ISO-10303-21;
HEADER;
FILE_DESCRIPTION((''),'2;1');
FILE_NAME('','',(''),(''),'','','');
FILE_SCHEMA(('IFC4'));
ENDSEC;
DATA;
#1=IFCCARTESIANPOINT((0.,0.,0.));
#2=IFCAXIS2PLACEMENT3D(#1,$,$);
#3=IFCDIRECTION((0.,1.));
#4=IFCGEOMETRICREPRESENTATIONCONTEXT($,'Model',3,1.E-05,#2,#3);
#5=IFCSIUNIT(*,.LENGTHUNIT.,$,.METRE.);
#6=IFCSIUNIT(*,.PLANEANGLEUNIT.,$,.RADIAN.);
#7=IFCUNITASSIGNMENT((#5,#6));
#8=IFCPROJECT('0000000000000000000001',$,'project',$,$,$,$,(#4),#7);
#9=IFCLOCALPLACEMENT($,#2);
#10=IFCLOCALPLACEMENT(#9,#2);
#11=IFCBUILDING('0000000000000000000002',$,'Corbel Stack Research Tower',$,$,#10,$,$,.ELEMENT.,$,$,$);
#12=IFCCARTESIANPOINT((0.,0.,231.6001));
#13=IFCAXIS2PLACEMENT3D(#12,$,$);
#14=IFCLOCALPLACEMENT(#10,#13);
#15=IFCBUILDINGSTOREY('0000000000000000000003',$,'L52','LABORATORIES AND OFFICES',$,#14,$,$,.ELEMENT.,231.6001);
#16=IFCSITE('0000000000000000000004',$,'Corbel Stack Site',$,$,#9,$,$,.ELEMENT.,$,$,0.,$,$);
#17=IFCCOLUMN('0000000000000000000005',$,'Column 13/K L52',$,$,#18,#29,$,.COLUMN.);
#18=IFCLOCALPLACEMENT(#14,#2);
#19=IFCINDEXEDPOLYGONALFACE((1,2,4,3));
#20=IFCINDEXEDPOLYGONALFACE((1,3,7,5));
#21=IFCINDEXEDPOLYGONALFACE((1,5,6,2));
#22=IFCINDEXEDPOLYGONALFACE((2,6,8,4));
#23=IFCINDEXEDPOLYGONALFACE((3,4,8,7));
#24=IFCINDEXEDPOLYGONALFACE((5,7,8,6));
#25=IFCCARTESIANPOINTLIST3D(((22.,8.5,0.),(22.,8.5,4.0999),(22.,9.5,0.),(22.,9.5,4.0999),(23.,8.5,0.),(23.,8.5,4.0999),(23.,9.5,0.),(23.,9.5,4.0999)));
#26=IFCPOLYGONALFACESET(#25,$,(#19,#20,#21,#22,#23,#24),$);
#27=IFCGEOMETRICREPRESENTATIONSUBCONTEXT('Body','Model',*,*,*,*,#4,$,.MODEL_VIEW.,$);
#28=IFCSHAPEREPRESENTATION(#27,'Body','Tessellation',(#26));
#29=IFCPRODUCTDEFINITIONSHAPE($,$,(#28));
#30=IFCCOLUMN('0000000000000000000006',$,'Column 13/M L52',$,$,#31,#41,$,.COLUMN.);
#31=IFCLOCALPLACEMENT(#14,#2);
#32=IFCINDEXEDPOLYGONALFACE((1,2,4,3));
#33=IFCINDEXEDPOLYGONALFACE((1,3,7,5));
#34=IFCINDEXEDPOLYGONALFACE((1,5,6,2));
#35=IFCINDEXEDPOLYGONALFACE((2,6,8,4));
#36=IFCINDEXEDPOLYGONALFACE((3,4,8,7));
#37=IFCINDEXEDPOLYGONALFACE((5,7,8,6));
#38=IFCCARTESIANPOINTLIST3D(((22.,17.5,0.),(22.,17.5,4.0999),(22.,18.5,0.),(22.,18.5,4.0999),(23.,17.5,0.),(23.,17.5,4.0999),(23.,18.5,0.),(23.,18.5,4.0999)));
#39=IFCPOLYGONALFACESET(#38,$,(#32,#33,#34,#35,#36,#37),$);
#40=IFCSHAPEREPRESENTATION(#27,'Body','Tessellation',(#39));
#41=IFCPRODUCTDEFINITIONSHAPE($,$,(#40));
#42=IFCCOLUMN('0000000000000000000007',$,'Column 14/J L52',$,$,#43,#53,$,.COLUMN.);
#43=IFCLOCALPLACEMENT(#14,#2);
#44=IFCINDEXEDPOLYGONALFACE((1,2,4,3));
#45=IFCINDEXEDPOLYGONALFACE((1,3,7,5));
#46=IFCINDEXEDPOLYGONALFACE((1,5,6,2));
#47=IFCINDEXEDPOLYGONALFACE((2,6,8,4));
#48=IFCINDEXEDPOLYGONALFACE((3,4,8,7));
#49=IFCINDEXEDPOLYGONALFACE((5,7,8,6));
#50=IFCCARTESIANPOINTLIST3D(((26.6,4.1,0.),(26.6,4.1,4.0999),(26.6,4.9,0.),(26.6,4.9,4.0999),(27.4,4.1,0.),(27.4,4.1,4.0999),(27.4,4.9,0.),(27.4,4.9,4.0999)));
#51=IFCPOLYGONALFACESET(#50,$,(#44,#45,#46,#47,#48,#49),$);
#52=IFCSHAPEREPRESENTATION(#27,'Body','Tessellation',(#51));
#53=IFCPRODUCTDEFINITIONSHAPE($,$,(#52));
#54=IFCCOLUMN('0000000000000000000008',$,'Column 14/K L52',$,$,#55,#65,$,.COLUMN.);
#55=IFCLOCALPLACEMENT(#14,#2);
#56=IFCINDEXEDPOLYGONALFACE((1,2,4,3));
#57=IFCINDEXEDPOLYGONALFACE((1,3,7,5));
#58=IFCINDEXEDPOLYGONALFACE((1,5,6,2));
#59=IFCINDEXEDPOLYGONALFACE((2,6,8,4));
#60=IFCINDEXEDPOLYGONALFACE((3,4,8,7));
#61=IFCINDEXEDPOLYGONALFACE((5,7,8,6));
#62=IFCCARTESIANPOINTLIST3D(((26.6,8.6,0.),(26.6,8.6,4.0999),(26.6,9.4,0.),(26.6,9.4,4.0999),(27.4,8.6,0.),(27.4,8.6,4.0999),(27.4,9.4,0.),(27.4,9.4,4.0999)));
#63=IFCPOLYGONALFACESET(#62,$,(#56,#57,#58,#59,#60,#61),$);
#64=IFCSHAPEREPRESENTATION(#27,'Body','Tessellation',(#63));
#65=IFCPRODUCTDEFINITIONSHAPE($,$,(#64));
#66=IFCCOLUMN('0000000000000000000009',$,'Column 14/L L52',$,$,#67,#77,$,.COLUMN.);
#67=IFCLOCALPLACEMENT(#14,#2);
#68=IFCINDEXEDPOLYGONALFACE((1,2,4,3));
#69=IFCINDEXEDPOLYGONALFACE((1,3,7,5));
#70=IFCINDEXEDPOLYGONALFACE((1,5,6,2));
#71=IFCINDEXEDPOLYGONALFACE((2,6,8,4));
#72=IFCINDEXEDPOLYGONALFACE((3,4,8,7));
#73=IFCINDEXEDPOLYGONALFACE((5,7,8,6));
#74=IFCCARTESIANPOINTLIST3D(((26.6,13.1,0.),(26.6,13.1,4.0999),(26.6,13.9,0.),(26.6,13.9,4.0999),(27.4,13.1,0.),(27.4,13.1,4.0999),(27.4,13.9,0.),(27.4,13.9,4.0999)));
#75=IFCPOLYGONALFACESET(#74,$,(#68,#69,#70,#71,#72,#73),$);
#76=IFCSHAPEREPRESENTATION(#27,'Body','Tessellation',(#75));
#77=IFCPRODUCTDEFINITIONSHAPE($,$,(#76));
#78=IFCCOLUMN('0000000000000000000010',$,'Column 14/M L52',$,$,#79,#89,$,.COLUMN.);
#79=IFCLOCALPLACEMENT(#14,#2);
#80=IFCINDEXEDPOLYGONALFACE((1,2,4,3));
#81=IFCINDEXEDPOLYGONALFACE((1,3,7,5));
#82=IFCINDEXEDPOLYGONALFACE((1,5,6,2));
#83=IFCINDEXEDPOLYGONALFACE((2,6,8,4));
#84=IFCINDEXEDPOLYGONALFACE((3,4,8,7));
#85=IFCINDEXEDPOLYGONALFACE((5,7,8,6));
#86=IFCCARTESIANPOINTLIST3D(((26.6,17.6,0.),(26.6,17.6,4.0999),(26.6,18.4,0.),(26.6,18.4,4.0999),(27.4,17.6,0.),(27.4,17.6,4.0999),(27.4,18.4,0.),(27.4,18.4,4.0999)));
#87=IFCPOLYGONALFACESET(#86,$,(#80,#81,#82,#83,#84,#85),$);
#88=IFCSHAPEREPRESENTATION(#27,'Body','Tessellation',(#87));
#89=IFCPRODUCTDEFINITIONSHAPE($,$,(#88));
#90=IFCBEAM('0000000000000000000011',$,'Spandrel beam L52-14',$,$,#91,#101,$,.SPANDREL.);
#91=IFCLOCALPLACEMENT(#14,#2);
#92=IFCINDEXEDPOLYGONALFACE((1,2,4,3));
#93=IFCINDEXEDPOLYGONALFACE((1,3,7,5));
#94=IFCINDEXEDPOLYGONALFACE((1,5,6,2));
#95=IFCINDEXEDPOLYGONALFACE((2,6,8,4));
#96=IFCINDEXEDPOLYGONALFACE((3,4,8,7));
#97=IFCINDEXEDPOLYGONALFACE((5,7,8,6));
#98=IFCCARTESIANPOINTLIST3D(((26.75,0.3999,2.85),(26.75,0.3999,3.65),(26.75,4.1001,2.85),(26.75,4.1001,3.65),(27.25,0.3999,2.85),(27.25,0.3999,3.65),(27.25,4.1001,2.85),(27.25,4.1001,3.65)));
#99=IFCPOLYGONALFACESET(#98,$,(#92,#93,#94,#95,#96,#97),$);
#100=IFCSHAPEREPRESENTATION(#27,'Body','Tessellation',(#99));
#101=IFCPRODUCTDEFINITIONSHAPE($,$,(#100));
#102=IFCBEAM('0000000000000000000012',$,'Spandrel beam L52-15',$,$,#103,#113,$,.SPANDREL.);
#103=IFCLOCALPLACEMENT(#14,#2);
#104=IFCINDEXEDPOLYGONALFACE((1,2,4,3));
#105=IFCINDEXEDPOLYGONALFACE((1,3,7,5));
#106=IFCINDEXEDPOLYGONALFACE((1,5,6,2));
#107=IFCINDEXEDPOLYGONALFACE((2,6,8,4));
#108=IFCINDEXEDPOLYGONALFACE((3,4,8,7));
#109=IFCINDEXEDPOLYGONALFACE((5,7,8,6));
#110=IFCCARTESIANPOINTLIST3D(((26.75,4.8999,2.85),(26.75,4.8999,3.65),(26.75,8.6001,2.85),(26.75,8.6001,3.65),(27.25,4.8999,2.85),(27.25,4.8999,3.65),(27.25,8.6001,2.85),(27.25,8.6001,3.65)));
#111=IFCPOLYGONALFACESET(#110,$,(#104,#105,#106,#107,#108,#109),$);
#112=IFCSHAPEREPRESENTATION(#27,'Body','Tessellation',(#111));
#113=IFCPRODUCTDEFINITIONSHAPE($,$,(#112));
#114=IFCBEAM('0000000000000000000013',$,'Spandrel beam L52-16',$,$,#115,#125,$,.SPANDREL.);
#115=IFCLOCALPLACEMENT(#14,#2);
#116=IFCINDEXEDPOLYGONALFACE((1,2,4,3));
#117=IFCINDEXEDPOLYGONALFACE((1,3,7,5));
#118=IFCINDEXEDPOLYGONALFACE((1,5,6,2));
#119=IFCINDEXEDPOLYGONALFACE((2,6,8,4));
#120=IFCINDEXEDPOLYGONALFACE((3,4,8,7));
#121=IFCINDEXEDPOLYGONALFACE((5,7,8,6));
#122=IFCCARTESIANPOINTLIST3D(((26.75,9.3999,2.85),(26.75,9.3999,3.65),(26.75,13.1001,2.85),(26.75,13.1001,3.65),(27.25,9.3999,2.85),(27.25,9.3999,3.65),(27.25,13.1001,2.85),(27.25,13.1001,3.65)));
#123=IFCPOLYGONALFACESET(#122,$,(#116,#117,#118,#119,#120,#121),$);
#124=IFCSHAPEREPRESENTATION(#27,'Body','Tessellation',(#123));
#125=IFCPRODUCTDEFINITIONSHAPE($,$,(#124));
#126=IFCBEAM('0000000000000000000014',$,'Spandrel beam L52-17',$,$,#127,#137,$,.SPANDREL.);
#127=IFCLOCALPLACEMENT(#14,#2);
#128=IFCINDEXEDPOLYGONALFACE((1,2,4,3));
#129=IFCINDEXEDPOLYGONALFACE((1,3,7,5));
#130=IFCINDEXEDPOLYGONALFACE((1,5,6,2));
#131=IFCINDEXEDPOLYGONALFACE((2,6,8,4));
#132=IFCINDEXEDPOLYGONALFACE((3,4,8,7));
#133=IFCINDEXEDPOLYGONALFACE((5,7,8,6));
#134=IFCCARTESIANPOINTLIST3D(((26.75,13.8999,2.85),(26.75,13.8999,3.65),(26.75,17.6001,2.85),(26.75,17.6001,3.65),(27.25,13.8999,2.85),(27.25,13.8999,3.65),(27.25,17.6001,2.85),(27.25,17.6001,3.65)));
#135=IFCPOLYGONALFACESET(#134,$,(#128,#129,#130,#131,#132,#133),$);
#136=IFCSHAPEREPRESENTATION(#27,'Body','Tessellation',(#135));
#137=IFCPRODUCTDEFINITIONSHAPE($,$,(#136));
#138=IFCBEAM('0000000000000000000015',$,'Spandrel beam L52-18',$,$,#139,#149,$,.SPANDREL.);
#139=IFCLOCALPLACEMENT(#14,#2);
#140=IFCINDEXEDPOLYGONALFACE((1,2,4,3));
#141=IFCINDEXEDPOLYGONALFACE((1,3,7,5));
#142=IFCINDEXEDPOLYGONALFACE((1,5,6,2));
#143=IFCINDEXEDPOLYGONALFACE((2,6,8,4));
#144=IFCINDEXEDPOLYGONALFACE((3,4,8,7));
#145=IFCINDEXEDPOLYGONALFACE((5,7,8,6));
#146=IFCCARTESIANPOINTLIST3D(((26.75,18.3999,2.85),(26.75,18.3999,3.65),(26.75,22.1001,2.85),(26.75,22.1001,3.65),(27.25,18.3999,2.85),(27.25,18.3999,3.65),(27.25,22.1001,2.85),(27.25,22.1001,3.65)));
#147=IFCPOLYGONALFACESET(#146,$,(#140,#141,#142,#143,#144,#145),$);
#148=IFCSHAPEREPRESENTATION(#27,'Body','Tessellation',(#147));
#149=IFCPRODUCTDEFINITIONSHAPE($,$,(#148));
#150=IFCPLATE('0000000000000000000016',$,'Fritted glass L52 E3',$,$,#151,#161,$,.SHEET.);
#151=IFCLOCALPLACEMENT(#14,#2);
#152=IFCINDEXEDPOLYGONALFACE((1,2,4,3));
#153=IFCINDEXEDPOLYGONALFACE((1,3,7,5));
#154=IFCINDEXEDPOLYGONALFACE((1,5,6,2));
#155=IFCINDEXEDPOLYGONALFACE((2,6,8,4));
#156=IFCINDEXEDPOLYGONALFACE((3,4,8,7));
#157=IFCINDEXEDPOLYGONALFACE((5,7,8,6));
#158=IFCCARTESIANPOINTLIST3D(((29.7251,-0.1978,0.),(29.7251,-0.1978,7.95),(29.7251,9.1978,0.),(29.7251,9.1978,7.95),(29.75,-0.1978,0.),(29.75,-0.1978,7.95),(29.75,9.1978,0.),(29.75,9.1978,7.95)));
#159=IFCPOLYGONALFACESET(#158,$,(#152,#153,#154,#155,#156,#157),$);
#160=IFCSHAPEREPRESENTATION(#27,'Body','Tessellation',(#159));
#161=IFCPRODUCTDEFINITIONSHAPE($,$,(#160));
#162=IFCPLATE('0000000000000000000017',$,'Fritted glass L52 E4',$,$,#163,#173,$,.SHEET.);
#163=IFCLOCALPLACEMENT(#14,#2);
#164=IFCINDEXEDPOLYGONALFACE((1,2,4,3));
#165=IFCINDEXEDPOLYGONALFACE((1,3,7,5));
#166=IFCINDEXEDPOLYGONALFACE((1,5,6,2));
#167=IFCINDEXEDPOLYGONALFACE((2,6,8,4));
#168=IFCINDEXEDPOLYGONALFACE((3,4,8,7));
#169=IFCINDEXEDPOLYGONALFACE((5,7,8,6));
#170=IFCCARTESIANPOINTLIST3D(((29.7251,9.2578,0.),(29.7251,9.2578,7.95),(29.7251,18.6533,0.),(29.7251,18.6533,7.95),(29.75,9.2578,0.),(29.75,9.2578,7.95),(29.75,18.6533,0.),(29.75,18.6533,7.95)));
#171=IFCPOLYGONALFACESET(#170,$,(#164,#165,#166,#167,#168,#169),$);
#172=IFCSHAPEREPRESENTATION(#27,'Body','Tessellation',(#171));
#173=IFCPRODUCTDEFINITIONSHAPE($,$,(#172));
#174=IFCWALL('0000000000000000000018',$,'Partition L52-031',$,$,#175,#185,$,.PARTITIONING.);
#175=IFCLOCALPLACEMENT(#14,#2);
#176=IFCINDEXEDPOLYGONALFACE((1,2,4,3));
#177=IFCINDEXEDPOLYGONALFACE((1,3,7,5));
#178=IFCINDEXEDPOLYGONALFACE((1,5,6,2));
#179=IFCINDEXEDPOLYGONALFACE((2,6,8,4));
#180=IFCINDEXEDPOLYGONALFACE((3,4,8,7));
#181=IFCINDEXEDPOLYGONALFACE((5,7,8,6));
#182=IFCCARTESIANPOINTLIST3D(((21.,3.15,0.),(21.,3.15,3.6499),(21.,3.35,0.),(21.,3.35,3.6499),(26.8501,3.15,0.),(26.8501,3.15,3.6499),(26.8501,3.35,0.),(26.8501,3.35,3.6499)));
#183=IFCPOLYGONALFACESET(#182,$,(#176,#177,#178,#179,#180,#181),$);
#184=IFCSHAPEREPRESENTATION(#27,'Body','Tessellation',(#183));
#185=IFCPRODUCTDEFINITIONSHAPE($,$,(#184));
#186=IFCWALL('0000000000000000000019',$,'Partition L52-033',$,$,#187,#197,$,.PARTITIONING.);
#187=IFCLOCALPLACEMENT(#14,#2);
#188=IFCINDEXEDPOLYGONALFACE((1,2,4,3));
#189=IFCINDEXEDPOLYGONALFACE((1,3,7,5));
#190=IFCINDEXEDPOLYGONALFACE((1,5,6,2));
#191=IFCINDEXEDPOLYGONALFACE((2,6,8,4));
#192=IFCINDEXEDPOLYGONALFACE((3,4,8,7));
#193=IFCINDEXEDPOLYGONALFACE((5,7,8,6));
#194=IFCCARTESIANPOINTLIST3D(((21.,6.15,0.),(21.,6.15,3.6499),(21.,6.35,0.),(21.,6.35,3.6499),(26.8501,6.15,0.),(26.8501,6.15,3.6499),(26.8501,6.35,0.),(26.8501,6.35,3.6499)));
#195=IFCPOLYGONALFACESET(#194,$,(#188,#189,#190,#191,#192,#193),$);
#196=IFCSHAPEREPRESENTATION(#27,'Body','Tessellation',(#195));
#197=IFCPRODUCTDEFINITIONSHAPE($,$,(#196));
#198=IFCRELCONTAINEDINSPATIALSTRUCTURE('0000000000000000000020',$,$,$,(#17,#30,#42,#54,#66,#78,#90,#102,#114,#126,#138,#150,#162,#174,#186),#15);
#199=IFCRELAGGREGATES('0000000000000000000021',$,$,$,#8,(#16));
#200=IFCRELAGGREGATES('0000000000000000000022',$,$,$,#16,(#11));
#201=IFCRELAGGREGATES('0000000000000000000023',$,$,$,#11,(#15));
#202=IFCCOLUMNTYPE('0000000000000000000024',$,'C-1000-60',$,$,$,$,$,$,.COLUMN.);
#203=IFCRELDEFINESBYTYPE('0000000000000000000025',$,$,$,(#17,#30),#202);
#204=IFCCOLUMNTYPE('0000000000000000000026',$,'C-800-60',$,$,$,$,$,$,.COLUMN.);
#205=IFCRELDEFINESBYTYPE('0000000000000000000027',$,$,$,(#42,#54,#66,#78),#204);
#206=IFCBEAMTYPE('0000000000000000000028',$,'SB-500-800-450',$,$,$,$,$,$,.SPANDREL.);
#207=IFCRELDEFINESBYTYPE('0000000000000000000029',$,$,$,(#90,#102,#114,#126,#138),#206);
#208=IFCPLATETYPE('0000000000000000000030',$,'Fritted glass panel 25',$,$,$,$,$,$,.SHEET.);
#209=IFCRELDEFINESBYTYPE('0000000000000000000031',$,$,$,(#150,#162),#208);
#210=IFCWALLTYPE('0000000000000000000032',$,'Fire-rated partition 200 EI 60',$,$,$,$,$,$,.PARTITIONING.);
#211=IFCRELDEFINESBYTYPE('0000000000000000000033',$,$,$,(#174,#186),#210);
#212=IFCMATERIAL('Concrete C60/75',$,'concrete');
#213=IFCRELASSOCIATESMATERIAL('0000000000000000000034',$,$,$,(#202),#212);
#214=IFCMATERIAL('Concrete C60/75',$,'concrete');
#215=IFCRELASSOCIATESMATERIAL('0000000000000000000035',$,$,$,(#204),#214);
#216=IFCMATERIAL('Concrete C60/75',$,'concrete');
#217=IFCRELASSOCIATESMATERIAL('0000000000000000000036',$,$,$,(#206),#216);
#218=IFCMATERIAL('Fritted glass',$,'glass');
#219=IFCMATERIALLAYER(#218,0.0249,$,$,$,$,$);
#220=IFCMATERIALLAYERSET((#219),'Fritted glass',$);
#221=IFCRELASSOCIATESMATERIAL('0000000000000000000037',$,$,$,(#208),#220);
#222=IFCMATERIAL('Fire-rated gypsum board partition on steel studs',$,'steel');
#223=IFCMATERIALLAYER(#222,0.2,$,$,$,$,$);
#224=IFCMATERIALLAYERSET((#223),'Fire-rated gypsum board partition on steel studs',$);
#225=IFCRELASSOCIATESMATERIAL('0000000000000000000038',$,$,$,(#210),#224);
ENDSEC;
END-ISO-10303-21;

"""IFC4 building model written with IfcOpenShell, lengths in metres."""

from ifc_helpers import new_model, si_unit, direction, frame, frame_2d, origin, origin_2d, place, context, subcontext, project, spatial, rectangle, extrude, material, layer, layer_set, material_profile, profile_set, type_object, element, save


model = new_model("IFC4")

# Units and contexts
model_context = context("Model", 3, precision=1e-05, world=origin(), true_north=direction((0.0, 1.0)))
body_context = subcontext(model_context, "Body", "Model", "MODEL_VIEW")
ifc_project = project(units=[si_unit("LENGTHUNIT", "METRE"), si_unit("PLANEANGLEUNIT", "RADIAN")], contexts=[model_context])

# Site, building, storey
site_placement = place(None, origin())
site = spatial("IfcSite", under=ifc_project, at=site_placement, Name="Corbel Stack Site", CompositionType="ELEMENT", RefElevation=0.0)
building_placement = place(site_placement, origin())
building = spatial("IfcBuilding", under=site, at=building_placement, Name="Corbel Stack Research Tower", CompositionType="ELEMENT")
storey_placement = place(building_placement, frame((0.0, 0.0, 231.6001)))
storey = spatial("IfcBuildingStorey", under=building, at=storey_placement, Name="L52", Description="LABORATORIES AND OFFICES", CompositionType="ELEMENT", Elevation=231.6001)

# Columns
ifc_material_1 = material(Name="Concrete C60/75", Category="concrete")
ifc_material_profile_1 = material_profile(ifc_material_1, rectangle(XDim=1.0, YDim=1.0, at=origin_2d()), Name="RC 1000 x 1000")
ifc_profile_set_1 = profile_set([ifc_material_profile_1], Name="Concrete C60/75")
column_type_1 = type_object("IfcColumnType", Name="C-1000-60", PredefinedType="COLUMN", material=ifc_profile_set_1)
for number, where, z_axis, x_axis, name in (
    (1, (22.5, 9.0, 0.0), (0.0, 0.0, 1.0), (1.0, 0.0, 0.0), "Column 13/K L52"),
    (2, (22.5, 18.0, 0.0), (0.0, 0.0, 1.0), (1.0, 0.0, 0.0), "Column 13/M L52"),
):
    element("IfcColumn", number, at=place(storey_placement, frame(where, z_axis=z_axis, x_axis=x_axis)), inside=storey, type_object=column_type_1, Name=name, PredefinedType="COLUMN", context=body_context, shape_type="SweptSolid", body=[
        extrude(rectangle(XDim=1.0, YDim=1.0, at=origin_2d()), origin(), (0.0, 0.0, 1.0), 4.0999),
    ])
ifc_material_2 = material(Name="Concrete C60/75", Category="concrete")
ifc_material_profile_2 = material_profile(ifc_material_2, rectangle(XDim=0.8, YDim=0.8, at=origin_2d()), Name="RC 800 x 800")
ifc_profile_set_2 = profile_set([ifc_material_profile_2], Name="Concrete C60/75")
column_type_2 = type_object("IfcColumnType", Name="C-800-60", PredefinedType="COLUMN", material=ifc_profile_set_2)
for number, where, z_axis, x_axis, name in (
    (3, (27.0, 4.5, 0.0), (0.0, 0.0, 1.0), (1.0, 0.0, 0.0), "Column 14/J L52"),
    (4, (27.0, 9.0, 0.0), (0.0, 0.0, 1.0), (1.0, 0.0, 0.0), "Column 14/K L52"),
    (5, (27.0, 13.5, 0.0), (0.0, 0.0, 1.0), (1.0, 0.0, 0.0), "Column 14/L L52"),
    (6, (27.0, 18.0, 0.0), (0.0, 0.0, 1.0), (1.0, 0.0, 0.0), "Column 14/M L52"),
):
    element("IfcColumn", number, at=place(storey_placement, frame(where, z_axis=z_axis, x_axis=x_axis)), inside=storey, type_object=column_type_2, Name=name, PredefinedType="COLUMN", context=body_context, shape_type="SweptSolid", body=[
        extrude(rectangle(XDim=0.8, YDim=0.8, at=origin_2d()), origin(), (0.0, 0.0, 1.0), 4.0999),
    ])

# Beams
ifc_material_3 = material(Name="Concrete C60/75", Category="concrete")
ifc_material_profile_3 = material_profile(ifc_material_3, rectangle(XDim=0.5, YDim=0.8, at=origin_2d()), Name="RC 500 x 800")
ifc_profile_set_3 = profile_set([ifc_material_profile_3], Name="Concrete C60/75")
beam_type = type_object("IfcBeamType", Name="SB-500-800-450", PredefinedType="SPANDREL", material=ifc_profile_set_3)
for number, where, z_axis, x_axis, name in (
    (7, (27.0, 0.3999, 3.25), (0.0, 1.0, 0.0), (-1.0, 0.0, 0.0), "Spandrel beam L52-14"),
    (8, (27.0, 4.8999, 3.25), (0.0, 1.0, 0.0), (-1.0, 0.0, 0.0), "Spandrel beam L52-15"),
    (9, (27.0, 9.3999, 3.25), (0.0, 1.0, 0.0), (-1.0, 0.0, 0.0), "Spandrel beam L52-16"),
    (10, (27.0, 13.8999, 3.25), (0.0, 1.0, 0.0), (-1.0, 0.0, 0.0), "Spandrel beam L52-17"),
    (11, (27.0, 18.3999, 3.25), (0.0, 1.0, 0.0), (-1.0, 0.0, 0.0), "Spandrel beam L52-18"),
):
    element("IfcBeam", number, at=place(storey_placement, frame(where, z_axis=z_axis, x_axis=x_axis)), inside=storey, type_object=beam_type, Name=name, PredefinedType="SPANDREL", context=body_context, shape_type="SweptSolid", body=[
        extrude(rectangle(XDim=0.5, YDim=0.8, at=origin_2d()), origin(), (0.0, 0.0, 1.0), 3.7002),
    ])

# Plates
ifc_material_4 = material(Name="Fritted glass", Category="glass")
ifc_layer_1 = layer(ifc_material_4, 0.0249)
ifc_layer_set_1 = layer_set([ifc_layer_1], Name="Fritted glass")
plate_type = type_object("IfcPlateType", Name="Fritted glass panel 25", PredefinedType="SHEET", material=ifc_layer_set_1)
for number, where, z_axis, x_axis, name in (
    (12, (29.7375, 4.5, 0.0), (0.0, 0.0, 1.0), (0.0, 1.0, 0.0), "Fritted glass L52 E3"),
    (13, (29.7375, 13.9556, 0.0), (0.0, 0.0, 1.0), (0.0, 1.0, 0.0), "Fritted glass L52 E4"),
):
    element("IfcPlate", number, at=place(storey_placement, frame(where, z_axis=z_axis, x_axis=x_axis)), inside=storey, type_object=plate_type, Name=name, PredefinedType="SHEET", context=body_context, shape_type="SweptSolid", body=[
        extrude(rectangle(XDim=9.3955, YDim=0.0249, at=origin_2d()), origin(), (0.0, 0.0, 1.0), 7.95),
    ])

# Walls
ifc_material_5 = material(Name="Fire-rated gypsum board partition on steel studs", Category="steel")
ifc_layer_2 = layer(ifc_material_5, 0.2)
ifc_layer_set_2 = layer_set([ifc_layer_2], Name="Fire-rated gypsum board partition on steel studs")
wall_type_1 = type_object("IfcWallType", Name="Fire-rated partition 200 EI 60", PredefinedType="PARTITIONING", material=ifc_layer_set_2)
for number, where, z_axis, x_axis, name in (
    (14, (21.0, 3.25, 0.0), (0.0, 0.0, 1.0), (1.0, 0.0, 0.0), "Partition L52-031"),
    (15, (21.0, 6.25, 0.0), (0.0, 0.0, 1.0), (1.0, 0.0, 0.0), "Partition L52-033"),
):
    element("IfcWall", number, at=place(storey_placement, frame(where, z_axis=z_axis, x_axis=x_axis)), inside=storey, type_object=wall_type_1, Name=name, PredefinedType="PARTITIONING", context=body_context, shape_type="SweptSolid", body=[
        extrude(rectangle(XDim=5.8501, YDim=0.2, at=frame_2d((2.925, 0.0))), origin(), (0.0, 0.0, 1.0), 3.6499),
    ])

save(model, "model.ifc")
